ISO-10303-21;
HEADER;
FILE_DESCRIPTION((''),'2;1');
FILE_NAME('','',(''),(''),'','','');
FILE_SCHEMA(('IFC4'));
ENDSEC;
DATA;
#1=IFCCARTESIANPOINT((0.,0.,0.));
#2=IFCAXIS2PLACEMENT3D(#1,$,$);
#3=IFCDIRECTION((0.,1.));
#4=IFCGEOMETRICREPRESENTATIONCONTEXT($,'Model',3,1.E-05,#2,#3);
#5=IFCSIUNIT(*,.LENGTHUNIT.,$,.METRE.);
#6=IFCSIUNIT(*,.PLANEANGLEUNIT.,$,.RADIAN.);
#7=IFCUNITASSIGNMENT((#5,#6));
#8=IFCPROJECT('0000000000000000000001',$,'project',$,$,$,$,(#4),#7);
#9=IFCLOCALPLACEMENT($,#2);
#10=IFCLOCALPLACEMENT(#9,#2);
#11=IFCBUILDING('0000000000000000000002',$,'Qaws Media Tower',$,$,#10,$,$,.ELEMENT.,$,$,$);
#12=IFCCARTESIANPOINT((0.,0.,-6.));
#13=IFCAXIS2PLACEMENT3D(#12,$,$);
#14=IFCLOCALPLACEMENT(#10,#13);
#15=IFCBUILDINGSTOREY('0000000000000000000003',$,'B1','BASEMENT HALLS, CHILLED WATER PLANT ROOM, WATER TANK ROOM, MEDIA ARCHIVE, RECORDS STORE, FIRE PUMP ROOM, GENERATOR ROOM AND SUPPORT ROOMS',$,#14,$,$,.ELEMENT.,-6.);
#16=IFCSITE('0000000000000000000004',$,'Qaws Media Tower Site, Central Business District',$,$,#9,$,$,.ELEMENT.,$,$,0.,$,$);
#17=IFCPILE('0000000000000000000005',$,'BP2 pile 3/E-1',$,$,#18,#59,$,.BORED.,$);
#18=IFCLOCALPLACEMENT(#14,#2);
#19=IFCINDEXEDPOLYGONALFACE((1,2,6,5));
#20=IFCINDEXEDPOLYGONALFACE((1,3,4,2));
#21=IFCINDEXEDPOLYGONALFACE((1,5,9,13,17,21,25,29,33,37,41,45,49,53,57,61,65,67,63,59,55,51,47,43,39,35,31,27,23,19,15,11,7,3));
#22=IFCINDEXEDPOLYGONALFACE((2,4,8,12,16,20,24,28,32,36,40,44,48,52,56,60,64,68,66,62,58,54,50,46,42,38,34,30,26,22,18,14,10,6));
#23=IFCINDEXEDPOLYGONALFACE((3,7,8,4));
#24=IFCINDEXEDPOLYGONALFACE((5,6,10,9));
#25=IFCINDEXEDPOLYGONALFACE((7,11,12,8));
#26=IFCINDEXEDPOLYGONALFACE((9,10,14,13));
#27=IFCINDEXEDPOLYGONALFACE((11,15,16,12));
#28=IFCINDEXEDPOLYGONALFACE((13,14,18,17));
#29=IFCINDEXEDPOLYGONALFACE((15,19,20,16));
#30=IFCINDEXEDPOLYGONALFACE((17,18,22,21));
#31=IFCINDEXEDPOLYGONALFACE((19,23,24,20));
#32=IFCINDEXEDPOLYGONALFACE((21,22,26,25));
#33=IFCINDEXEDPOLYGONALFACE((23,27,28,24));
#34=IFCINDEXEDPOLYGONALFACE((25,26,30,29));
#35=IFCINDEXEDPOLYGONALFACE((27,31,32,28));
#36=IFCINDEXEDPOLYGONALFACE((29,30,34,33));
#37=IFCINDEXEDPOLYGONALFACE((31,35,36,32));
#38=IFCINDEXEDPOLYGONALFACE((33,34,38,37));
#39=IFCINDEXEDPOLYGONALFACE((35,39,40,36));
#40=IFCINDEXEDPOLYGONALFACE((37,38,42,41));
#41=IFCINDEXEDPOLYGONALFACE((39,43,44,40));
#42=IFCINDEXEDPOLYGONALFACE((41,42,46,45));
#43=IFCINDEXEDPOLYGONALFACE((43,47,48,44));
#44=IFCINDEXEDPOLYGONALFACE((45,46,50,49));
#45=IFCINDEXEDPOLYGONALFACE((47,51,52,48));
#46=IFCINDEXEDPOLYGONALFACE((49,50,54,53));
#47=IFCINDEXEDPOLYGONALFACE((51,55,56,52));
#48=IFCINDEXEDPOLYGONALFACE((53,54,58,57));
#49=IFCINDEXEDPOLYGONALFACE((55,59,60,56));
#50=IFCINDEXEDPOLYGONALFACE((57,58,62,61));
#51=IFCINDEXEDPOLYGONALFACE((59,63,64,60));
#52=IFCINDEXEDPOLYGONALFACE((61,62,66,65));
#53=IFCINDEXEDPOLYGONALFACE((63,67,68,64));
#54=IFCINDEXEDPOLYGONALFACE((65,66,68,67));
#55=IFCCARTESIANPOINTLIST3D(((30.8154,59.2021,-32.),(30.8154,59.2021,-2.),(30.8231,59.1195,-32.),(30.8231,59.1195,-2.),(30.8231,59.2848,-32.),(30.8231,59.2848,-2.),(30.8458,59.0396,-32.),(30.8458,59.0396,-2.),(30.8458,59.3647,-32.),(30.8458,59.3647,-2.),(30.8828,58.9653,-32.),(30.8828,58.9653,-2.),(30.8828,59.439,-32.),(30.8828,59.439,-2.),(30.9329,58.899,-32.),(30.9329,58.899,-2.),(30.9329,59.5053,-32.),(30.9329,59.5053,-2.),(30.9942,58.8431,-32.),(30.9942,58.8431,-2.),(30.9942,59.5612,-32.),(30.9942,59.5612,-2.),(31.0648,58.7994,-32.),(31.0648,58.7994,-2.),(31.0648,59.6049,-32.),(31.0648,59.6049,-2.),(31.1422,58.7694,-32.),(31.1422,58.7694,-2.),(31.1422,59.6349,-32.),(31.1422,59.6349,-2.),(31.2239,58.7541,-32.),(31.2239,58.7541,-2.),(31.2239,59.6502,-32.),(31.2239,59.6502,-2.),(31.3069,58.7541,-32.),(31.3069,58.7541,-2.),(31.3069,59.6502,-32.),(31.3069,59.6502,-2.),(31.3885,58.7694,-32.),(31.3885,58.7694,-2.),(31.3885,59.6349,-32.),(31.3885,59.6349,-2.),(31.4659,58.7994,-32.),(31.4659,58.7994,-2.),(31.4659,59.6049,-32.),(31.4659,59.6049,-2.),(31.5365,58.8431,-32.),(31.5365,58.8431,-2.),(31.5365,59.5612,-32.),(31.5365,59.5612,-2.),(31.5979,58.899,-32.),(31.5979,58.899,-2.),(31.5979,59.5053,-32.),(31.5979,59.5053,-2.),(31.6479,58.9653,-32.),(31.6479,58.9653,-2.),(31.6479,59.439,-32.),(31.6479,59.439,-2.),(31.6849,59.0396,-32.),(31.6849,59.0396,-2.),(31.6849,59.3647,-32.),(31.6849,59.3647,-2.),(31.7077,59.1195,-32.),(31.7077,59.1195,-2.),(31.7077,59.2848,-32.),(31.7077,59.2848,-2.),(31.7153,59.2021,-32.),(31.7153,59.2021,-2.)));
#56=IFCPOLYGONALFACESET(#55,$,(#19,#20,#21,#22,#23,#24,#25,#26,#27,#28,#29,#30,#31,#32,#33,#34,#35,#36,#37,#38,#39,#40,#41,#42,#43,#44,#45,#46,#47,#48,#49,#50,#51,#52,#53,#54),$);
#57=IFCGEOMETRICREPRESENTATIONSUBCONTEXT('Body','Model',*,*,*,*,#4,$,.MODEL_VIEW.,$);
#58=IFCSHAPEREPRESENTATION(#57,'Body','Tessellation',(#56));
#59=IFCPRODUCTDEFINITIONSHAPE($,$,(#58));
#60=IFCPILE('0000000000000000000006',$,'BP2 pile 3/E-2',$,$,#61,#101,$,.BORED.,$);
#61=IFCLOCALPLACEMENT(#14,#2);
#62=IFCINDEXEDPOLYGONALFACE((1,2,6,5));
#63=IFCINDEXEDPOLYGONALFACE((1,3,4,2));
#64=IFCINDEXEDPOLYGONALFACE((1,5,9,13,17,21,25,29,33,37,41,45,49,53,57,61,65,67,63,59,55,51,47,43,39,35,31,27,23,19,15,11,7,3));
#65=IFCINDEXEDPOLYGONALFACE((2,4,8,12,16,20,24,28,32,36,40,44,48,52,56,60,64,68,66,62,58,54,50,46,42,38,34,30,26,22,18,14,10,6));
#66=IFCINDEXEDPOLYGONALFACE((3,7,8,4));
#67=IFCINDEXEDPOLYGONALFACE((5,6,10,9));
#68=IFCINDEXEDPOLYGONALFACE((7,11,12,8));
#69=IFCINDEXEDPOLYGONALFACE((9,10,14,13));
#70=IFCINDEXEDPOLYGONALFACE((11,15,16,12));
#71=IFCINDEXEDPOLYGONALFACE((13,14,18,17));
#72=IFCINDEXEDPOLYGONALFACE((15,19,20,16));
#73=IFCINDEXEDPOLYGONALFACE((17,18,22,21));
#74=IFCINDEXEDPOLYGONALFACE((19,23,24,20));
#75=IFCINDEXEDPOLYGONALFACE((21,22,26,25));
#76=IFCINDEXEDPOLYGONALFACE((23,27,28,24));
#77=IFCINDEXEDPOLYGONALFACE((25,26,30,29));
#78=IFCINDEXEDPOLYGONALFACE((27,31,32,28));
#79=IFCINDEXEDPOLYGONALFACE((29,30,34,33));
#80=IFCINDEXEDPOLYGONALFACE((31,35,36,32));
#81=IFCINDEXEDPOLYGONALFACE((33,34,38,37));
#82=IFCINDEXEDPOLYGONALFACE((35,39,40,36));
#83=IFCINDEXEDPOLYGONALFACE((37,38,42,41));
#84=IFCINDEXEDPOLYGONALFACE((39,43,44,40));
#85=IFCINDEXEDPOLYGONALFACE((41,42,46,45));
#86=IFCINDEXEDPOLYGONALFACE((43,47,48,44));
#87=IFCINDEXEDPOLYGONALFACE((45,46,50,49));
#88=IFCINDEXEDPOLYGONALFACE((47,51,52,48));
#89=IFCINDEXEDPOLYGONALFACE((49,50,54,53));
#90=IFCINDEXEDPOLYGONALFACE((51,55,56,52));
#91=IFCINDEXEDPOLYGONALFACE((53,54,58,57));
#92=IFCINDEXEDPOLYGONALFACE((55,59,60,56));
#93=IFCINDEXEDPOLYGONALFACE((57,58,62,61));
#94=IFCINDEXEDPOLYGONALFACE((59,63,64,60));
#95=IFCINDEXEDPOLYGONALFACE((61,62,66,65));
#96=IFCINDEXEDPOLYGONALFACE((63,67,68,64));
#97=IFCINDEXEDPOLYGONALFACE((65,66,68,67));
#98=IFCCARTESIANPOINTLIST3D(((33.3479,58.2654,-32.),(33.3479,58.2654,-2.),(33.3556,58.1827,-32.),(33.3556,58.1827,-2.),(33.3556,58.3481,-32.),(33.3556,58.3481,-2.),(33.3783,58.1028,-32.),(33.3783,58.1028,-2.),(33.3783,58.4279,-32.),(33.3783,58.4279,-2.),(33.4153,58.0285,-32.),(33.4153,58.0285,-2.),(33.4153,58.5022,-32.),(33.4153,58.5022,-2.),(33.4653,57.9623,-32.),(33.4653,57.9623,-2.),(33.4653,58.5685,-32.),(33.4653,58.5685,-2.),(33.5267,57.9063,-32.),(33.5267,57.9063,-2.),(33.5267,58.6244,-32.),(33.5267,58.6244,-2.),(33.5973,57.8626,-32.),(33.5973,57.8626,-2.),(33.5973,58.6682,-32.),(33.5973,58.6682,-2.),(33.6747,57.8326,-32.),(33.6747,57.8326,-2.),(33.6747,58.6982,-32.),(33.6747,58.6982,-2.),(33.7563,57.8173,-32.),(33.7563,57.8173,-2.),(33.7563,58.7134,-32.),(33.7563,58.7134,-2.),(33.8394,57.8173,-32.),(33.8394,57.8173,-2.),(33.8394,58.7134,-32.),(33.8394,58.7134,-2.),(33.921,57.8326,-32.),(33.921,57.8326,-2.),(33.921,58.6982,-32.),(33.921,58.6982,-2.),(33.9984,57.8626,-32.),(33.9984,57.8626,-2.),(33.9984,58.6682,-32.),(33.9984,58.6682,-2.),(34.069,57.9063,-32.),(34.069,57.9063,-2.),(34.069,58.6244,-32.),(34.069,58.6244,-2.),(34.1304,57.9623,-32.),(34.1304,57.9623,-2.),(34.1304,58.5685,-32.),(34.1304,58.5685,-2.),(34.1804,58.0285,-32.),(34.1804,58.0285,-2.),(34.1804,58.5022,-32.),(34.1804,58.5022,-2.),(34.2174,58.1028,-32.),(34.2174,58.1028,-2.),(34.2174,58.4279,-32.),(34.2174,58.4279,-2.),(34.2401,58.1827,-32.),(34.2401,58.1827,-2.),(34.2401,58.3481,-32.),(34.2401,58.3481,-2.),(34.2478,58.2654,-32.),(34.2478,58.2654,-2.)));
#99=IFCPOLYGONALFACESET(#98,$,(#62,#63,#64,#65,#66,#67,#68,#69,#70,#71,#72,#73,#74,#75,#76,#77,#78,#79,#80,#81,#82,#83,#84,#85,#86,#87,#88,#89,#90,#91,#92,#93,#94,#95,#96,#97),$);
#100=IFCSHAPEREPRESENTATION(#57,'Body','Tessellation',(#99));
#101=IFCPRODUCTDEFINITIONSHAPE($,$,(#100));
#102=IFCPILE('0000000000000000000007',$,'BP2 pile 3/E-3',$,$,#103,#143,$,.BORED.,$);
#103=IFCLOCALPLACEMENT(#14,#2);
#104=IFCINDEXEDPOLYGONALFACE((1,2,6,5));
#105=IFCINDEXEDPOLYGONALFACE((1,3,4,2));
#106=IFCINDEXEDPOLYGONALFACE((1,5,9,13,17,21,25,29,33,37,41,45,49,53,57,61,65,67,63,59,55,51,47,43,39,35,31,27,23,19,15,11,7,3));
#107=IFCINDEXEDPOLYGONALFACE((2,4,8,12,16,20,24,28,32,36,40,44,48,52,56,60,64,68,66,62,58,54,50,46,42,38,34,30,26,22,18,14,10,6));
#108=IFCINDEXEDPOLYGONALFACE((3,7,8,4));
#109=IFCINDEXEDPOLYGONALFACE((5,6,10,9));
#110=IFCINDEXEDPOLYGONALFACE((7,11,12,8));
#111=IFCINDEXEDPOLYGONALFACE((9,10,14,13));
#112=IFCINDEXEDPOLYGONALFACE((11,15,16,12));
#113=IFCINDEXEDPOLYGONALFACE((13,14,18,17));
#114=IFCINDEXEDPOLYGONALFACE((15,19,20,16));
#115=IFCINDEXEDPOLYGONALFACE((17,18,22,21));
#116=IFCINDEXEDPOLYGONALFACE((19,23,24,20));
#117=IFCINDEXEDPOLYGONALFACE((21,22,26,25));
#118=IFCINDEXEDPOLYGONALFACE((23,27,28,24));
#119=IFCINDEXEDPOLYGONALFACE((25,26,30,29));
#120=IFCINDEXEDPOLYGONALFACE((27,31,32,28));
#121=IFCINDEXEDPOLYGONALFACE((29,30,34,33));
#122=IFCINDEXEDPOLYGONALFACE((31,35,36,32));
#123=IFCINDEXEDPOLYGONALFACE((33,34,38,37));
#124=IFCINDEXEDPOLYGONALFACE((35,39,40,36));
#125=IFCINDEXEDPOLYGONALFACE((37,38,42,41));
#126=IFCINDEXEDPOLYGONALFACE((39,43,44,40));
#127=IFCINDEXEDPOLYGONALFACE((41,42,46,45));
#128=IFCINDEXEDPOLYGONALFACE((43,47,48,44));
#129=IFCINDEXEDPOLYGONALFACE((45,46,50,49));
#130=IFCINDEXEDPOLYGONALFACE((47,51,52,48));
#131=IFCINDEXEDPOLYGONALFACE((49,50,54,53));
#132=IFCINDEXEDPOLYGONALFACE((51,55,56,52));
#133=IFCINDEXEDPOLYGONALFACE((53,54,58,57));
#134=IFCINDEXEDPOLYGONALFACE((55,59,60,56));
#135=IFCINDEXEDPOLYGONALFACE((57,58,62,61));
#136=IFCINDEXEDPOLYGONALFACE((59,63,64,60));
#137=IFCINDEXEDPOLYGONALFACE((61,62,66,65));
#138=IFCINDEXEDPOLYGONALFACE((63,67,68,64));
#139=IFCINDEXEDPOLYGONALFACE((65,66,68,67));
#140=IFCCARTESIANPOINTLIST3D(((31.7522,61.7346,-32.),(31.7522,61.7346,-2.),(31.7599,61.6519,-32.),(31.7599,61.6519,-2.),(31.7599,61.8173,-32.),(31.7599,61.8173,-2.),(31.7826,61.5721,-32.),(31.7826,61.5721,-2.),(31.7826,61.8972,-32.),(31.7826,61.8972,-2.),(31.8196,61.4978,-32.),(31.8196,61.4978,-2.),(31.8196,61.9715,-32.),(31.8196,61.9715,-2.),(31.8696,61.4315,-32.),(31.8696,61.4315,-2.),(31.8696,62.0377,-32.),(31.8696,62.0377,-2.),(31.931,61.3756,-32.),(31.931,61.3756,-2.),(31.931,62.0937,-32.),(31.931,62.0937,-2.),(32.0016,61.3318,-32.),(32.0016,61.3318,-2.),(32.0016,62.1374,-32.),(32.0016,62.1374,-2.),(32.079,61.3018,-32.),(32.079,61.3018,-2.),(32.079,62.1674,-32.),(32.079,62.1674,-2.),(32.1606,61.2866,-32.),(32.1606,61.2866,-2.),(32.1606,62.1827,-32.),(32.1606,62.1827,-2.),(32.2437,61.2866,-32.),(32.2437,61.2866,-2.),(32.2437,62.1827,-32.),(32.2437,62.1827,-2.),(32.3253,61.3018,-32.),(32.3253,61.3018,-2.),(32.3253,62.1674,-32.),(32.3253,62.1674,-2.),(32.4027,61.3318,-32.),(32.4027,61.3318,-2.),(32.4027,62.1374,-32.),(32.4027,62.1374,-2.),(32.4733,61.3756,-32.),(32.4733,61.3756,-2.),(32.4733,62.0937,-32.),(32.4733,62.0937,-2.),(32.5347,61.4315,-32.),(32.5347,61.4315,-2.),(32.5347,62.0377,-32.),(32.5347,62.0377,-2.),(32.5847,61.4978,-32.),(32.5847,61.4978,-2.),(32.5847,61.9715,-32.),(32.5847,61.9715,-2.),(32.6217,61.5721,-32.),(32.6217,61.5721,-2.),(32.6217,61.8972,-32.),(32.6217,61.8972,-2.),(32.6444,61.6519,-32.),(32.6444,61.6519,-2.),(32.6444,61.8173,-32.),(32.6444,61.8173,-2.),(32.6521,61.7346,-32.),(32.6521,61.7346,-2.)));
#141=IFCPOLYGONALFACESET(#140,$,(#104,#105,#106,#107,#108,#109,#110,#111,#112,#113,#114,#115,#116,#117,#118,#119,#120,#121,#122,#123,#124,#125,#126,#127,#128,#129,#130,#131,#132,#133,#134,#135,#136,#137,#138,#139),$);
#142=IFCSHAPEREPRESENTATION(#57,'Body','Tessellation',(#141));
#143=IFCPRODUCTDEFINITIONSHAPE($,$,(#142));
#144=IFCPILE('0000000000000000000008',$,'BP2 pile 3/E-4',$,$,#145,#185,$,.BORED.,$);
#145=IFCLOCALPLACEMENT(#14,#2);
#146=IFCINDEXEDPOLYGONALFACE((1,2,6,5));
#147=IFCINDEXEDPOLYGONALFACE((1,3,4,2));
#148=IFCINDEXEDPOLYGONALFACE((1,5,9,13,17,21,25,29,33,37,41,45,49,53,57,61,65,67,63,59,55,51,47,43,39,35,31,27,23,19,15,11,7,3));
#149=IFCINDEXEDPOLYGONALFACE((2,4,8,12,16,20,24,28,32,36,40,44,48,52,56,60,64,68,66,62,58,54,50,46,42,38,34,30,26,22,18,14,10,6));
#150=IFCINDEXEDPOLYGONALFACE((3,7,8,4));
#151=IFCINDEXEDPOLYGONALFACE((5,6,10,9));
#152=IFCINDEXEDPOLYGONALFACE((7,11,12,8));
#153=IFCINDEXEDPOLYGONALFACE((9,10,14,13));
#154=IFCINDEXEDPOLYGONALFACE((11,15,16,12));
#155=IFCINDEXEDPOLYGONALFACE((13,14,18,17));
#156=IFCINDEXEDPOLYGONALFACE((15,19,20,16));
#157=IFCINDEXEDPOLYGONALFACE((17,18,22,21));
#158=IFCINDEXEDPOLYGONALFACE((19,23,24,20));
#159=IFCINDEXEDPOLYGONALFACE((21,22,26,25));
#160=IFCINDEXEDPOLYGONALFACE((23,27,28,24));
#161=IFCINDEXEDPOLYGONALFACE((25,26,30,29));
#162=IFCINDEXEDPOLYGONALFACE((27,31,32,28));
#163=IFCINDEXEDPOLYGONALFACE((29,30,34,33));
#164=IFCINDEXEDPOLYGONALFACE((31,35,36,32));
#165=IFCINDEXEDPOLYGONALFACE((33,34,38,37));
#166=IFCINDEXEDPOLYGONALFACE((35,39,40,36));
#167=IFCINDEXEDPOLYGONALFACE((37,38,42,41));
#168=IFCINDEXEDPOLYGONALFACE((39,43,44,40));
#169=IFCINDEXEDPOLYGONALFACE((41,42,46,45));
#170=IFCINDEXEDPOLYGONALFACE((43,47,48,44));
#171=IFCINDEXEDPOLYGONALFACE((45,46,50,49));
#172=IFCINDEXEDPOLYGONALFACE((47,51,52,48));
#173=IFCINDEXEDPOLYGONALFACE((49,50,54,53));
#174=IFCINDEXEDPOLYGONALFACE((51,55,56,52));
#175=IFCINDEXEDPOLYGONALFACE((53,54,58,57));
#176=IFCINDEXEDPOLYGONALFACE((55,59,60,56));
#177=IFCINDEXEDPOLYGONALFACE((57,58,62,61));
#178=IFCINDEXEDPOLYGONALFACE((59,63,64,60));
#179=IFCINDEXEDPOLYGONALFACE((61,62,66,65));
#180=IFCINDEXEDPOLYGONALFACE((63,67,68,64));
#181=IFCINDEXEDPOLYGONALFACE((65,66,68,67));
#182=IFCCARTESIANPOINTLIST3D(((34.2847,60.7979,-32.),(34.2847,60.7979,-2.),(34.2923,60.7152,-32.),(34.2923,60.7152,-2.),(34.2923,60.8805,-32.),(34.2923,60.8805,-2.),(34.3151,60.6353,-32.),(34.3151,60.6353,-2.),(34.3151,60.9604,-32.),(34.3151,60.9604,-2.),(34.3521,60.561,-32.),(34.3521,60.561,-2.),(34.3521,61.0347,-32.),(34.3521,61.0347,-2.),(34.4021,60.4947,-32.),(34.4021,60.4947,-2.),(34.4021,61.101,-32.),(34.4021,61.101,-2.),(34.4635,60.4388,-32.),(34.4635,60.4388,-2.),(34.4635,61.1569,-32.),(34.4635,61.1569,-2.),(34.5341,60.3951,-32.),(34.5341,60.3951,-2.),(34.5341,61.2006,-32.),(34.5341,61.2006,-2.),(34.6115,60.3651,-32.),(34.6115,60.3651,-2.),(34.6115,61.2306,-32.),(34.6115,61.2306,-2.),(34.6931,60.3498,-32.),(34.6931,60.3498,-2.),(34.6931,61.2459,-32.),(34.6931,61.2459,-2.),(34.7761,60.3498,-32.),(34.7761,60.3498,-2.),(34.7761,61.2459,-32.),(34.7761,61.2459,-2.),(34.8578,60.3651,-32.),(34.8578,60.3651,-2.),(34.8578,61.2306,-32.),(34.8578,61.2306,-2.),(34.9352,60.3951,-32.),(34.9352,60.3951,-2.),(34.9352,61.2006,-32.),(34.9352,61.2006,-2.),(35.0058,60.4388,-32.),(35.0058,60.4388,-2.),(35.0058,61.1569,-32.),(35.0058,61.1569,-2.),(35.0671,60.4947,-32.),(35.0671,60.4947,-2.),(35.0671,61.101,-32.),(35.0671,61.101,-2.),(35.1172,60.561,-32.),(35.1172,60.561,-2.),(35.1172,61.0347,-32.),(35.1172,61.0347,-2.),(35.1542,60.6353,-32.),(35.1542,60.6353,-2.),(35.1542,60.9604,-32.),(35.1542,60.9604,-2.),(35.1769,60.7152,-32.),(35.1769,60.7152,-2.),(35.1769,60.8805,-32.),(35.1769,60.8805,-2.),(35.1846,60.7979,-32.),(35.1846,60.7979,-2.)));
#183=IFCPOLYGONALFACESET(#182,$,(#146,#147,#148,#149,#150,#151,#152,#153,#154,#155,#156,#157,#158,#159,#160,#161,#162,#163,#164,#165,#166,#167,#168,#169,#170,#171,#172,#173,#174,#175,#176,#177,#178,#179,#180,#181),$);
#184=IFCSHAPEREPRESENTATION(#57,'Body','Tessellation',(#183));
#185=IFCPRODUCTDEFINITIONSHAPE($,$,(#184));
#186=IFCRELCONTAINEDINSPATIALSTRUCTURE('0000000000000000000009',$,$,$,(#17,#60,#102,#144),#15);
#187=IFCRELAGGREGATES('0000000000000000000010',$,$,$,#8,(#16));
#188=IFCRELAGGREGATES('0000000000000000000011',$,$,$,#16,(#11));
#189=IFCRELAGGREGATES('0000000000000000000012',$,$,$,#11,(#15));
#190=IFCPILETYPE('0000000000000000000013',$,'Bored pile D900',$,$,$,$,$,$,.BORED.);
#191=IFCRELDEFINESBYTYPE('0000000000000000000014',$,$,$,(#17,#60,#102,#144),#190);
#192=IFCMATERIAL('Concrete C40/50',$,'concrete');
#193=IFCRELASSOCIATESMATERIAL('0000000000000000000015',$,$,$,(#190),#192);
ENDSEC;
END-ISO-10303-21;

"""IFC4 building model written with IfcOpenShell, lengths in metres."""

from ifc_helpers import new_model, si_unit, direction, frame, origin, origin_2d, place, context, subcontext, project, spatial, circle, extrude, material, material_profile, profile_set, type_object, element, save


model = new_model("IFC4")

# Units and contexts
model_context = context("Model", 3, precision=1e-05, world=origin(), true_north=direction((0.0, 1.0)))
body_context = subcontext(model_context, "Body", "Model", "MODEL_VIEW")
ifc_project = project(units=[si_unit("LENGTHUNIT", "METRE"), si_unit("PLANEANGLEUNIT", "RADIAN")], contexts=[model_context])

# Site, building, storey
site_placement = place(None, origin())
site = spatial("IfcSite", under=ifc_project, at=site_placement, Name="Qaws Media Tower Site, Central Business District", CompositionType="ELEMENT", RefElevation=0.0)
building_placement = place(site_placement, origin())
building = spatial("IfcBuilding", under=site, at=building_placement, Name="Qaws Media Tower", CompositionType="ELEMENT")
storey_placement = place(building_placement, frame((0.0, 0.0, -6.0)))
storey = spatial("IfcBuildingStorey", under=building, at=storey_placement, Name="B1", Description="BASEMENT HALLS, CHILLED WATER PLANT ROOM, WATER TANK ROOM, MEDIA ARCHIVE, RECORDS STORE, FIRE PUMP ROOM, GENERATOR ROOM AND SUPPORT ROOMS", CompositionType="ELEMENT", Elevation=-6.0)

# Piles
ifc_material_1 = material(Name="Concrete C40/50", Category="concrete")
ifc_material_profile_1 = material_profile(ifc_material_1, circle(Radius=0.45, at=origin_2d()), Name="D900")
ifc_profile_set_1 = profile_set([ifc_material_profile_1], Name="Concrete C40/50")
pile_type = type_object("IfcPileType", Name="Bored pile D900", PredefinedType="BORED", material=ifc_profile_set_1)
for number, where, z_axis, x_axis, name in (
    (1, (31.2654, 59.2021, -2.0), (0.0, 0.0, -1.0), (1.0, 0.0, 0.0), "BP2 pile 3/E-1"),
    (2, (33.7979, 58.2654, -2.0), (0.0, 0.0, -1.0), (1.0, 0.0, 0.0), "BP2 pile 3/E-2"),
    (3, (32.2021, 61.7346, -2.0), (0.0, 0.0, -1.0), (1.0, 0.0, 0.0), "BP2 pile 3/E-3"),
    (4, (34.7346, 60.7979, -2.0), (0.0, 0.0, -1.0), (1.0, 0.0, 0.0), "BP2 pile 3/E-4"),
):
    element("IfcPile", number, at=place(storey_placement, frame(where, z_axis=z_axis, x_axis=x_axis)), inside=storey, type_object=pile_type, Name=name, PredefinedType="BORED", context=body_context, shape_type="SweptSolid", body=[
        extrude(circle(Radius=0.45, at=origin_2d()), origin(), (0.0, 0.0, 1.0), 30.0),
    ])

save(model, "model.ifc")
